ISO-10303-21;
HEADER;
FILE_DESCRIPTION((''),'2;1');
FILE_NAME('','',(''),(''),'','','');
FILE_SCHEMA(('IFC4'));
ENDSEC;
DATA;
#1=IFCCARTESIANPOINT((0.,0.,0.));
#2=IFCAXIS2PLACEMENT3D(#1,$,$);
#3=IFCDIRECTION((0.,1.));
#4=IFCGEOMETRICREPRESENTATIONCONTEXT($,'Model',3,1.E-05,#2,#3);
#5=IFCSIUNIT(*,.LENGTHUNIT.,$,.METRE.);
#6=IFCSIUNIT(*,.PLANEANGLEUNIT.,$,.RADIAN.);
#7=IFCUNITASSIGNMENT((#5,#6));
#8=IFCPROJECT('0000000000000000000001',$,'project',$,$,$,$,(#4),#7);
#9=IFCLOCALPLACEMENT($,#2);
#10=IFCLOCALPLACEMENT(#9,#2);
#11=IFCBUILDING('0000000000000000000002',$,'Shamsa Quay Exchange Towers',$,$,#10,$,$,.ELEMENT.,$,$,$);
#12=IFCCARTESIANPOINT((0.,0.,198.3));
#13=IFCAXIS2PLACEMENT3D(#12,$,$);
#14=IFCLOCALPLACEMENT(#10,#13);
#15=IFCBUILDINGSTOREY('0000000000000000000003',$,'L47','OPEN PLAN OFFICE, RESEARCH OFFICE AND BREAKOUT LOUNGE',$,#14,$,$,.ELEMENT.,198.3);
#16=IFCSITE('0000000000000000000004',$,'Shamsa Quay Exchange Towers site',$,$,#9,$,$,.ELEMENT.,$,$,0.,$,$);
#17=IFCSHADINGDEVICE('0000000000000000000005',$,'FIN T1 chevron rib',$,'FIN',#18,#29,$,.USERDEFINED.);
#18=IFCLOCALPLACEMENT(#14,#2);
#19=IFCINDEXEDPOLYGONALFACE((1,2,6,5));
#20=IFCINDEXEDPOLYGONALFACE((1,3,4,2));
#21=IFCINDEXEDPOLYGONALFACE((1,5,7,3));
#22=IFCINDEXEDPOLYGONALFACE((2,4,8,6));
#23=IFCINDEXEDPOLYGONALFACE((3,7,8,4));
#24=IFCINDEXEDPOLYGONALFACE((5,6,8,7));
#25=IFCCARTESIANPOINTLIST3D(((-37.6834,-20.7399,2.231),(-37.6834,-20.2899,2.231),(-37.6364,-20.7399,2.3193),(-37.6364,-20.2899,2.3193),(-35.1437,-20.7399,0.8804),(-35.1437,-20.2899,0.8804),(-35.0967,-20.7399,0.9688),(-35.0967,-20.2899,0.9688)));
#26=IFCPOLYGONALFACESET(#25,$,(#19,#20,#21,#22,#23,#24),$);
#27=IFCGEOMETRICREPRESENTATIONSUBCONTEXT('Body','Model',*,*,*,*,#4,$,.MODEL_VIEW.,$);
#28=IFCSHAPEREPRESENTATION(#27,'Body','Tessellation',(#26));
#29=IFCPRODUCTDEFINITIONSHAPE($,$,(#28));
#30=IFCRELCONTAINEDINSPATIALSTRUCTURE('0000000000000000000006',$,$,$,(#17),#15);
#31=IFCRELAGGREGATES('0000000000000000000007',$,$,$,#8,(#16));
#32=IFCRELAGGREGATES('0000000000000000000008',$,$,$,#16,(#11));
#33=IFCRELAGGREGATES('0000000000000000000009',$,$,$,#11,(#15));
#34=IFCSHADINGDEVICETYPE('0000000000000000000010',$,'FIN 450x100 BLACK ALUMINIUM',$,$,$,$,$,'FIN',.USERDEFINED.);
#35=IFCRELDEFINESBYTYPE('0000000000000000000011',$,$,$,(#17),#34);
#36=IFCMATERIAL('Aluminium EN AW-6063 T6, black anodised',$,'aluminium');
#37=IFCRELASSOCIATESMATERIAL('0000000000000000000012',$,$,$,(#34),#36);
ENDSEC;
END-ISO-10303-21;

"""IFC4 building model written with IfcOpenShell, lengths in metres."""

from ifc_helpers import new_model, si_unit, direction, frame, origin, origin_2d, place, context, subcontext, project, spatial, rectangle, extrude, material, material_profile, profile_set, type_object, element, save


model = new_model("IFC4")

# Units and contexts
model_context = context("Model", 3, precision=1e-05, world=origin(), true_north=direction((0.0, 1.0)))
body_context = subcontext(model_context, "Body", "Model", "MODEL_VIEW")
ifc_project = project(units=[si_unit("LENGTHUNIT", "METRE"), si_unit("PLANEANGLEUNIT", "RADIAN")], contexts=[model_context])

# Site, building, storey
site_placement = place(None, origin())
site = spatial("IfcSite", under=ifc_project, at=site_placement, Name="Shamsa Quay Exchange Towers site", CompositionType="ELEMENT", RefElevation=0.0)
building_placement = place(site_placement, origin())
building = spatial("IfcBuilding", under=site, at=building_placement, Name="Shamsa Quay Exchange Towers", CompositionType="ELEMENT")
storey_placement = place(building_placement, frame((0.0, 0.0, 198.3)))
storey = spatial("IfcBuildingStorey", under=building, at=storey_placement, Name="L47", Description="OPEN PLAN OFFICE, RESEARCH OFFICE AND BREAKOUT LOUNGE", CompositionType="ELEMENT", Elevation=198.3)

# Shared definitions
ifc_material_1 = material(Name="Aluminium EN AW-6063 T6, black anodised", Category="aluminium")

# Shading device
ifc_material_profile_1 = material_profile(ifc_material_1, rectangle(XDim=0.45, YDim=0.1001, at=origin_2d()), Name="FIN450x100")
ifc_profile_set_1 = profile_set([ifc_material_profile_1], Name="Aluminium EN AW-6063 T6, black anodised")
shading_device_type = type_object("IfcShadingDeviceType", Name="FIN 450x100 BLACK ALUMINIUM", ElementType="FIN", PredefinedType="USERDEFINED", material=ifc_profile_set_1)
shading_device_1_placement = place(storey_placement, frame((-37.6599, -20.5149, 2.2751), z_axis=(0.882926, 0.0, -0.469513), x_axis=(0.0, 1.0, 0.0)))
element("IfcShadingDevice", 1, at=shading_device_1_placement, inside=storey, type_object=shading_device_type, Name="FIN T1 chevron rib", ObjectType="FIN", PredefinedType="USERDEFINED", context=body_context, shape_type="SweptSolid", body=[
    extrude(rectangle(XDim=0.45, YDim=0.1001, at=origin_2d()), origin(), (0.0, 0.0, 1.0), 2.8765),
])

save(model, "model.ifc")
